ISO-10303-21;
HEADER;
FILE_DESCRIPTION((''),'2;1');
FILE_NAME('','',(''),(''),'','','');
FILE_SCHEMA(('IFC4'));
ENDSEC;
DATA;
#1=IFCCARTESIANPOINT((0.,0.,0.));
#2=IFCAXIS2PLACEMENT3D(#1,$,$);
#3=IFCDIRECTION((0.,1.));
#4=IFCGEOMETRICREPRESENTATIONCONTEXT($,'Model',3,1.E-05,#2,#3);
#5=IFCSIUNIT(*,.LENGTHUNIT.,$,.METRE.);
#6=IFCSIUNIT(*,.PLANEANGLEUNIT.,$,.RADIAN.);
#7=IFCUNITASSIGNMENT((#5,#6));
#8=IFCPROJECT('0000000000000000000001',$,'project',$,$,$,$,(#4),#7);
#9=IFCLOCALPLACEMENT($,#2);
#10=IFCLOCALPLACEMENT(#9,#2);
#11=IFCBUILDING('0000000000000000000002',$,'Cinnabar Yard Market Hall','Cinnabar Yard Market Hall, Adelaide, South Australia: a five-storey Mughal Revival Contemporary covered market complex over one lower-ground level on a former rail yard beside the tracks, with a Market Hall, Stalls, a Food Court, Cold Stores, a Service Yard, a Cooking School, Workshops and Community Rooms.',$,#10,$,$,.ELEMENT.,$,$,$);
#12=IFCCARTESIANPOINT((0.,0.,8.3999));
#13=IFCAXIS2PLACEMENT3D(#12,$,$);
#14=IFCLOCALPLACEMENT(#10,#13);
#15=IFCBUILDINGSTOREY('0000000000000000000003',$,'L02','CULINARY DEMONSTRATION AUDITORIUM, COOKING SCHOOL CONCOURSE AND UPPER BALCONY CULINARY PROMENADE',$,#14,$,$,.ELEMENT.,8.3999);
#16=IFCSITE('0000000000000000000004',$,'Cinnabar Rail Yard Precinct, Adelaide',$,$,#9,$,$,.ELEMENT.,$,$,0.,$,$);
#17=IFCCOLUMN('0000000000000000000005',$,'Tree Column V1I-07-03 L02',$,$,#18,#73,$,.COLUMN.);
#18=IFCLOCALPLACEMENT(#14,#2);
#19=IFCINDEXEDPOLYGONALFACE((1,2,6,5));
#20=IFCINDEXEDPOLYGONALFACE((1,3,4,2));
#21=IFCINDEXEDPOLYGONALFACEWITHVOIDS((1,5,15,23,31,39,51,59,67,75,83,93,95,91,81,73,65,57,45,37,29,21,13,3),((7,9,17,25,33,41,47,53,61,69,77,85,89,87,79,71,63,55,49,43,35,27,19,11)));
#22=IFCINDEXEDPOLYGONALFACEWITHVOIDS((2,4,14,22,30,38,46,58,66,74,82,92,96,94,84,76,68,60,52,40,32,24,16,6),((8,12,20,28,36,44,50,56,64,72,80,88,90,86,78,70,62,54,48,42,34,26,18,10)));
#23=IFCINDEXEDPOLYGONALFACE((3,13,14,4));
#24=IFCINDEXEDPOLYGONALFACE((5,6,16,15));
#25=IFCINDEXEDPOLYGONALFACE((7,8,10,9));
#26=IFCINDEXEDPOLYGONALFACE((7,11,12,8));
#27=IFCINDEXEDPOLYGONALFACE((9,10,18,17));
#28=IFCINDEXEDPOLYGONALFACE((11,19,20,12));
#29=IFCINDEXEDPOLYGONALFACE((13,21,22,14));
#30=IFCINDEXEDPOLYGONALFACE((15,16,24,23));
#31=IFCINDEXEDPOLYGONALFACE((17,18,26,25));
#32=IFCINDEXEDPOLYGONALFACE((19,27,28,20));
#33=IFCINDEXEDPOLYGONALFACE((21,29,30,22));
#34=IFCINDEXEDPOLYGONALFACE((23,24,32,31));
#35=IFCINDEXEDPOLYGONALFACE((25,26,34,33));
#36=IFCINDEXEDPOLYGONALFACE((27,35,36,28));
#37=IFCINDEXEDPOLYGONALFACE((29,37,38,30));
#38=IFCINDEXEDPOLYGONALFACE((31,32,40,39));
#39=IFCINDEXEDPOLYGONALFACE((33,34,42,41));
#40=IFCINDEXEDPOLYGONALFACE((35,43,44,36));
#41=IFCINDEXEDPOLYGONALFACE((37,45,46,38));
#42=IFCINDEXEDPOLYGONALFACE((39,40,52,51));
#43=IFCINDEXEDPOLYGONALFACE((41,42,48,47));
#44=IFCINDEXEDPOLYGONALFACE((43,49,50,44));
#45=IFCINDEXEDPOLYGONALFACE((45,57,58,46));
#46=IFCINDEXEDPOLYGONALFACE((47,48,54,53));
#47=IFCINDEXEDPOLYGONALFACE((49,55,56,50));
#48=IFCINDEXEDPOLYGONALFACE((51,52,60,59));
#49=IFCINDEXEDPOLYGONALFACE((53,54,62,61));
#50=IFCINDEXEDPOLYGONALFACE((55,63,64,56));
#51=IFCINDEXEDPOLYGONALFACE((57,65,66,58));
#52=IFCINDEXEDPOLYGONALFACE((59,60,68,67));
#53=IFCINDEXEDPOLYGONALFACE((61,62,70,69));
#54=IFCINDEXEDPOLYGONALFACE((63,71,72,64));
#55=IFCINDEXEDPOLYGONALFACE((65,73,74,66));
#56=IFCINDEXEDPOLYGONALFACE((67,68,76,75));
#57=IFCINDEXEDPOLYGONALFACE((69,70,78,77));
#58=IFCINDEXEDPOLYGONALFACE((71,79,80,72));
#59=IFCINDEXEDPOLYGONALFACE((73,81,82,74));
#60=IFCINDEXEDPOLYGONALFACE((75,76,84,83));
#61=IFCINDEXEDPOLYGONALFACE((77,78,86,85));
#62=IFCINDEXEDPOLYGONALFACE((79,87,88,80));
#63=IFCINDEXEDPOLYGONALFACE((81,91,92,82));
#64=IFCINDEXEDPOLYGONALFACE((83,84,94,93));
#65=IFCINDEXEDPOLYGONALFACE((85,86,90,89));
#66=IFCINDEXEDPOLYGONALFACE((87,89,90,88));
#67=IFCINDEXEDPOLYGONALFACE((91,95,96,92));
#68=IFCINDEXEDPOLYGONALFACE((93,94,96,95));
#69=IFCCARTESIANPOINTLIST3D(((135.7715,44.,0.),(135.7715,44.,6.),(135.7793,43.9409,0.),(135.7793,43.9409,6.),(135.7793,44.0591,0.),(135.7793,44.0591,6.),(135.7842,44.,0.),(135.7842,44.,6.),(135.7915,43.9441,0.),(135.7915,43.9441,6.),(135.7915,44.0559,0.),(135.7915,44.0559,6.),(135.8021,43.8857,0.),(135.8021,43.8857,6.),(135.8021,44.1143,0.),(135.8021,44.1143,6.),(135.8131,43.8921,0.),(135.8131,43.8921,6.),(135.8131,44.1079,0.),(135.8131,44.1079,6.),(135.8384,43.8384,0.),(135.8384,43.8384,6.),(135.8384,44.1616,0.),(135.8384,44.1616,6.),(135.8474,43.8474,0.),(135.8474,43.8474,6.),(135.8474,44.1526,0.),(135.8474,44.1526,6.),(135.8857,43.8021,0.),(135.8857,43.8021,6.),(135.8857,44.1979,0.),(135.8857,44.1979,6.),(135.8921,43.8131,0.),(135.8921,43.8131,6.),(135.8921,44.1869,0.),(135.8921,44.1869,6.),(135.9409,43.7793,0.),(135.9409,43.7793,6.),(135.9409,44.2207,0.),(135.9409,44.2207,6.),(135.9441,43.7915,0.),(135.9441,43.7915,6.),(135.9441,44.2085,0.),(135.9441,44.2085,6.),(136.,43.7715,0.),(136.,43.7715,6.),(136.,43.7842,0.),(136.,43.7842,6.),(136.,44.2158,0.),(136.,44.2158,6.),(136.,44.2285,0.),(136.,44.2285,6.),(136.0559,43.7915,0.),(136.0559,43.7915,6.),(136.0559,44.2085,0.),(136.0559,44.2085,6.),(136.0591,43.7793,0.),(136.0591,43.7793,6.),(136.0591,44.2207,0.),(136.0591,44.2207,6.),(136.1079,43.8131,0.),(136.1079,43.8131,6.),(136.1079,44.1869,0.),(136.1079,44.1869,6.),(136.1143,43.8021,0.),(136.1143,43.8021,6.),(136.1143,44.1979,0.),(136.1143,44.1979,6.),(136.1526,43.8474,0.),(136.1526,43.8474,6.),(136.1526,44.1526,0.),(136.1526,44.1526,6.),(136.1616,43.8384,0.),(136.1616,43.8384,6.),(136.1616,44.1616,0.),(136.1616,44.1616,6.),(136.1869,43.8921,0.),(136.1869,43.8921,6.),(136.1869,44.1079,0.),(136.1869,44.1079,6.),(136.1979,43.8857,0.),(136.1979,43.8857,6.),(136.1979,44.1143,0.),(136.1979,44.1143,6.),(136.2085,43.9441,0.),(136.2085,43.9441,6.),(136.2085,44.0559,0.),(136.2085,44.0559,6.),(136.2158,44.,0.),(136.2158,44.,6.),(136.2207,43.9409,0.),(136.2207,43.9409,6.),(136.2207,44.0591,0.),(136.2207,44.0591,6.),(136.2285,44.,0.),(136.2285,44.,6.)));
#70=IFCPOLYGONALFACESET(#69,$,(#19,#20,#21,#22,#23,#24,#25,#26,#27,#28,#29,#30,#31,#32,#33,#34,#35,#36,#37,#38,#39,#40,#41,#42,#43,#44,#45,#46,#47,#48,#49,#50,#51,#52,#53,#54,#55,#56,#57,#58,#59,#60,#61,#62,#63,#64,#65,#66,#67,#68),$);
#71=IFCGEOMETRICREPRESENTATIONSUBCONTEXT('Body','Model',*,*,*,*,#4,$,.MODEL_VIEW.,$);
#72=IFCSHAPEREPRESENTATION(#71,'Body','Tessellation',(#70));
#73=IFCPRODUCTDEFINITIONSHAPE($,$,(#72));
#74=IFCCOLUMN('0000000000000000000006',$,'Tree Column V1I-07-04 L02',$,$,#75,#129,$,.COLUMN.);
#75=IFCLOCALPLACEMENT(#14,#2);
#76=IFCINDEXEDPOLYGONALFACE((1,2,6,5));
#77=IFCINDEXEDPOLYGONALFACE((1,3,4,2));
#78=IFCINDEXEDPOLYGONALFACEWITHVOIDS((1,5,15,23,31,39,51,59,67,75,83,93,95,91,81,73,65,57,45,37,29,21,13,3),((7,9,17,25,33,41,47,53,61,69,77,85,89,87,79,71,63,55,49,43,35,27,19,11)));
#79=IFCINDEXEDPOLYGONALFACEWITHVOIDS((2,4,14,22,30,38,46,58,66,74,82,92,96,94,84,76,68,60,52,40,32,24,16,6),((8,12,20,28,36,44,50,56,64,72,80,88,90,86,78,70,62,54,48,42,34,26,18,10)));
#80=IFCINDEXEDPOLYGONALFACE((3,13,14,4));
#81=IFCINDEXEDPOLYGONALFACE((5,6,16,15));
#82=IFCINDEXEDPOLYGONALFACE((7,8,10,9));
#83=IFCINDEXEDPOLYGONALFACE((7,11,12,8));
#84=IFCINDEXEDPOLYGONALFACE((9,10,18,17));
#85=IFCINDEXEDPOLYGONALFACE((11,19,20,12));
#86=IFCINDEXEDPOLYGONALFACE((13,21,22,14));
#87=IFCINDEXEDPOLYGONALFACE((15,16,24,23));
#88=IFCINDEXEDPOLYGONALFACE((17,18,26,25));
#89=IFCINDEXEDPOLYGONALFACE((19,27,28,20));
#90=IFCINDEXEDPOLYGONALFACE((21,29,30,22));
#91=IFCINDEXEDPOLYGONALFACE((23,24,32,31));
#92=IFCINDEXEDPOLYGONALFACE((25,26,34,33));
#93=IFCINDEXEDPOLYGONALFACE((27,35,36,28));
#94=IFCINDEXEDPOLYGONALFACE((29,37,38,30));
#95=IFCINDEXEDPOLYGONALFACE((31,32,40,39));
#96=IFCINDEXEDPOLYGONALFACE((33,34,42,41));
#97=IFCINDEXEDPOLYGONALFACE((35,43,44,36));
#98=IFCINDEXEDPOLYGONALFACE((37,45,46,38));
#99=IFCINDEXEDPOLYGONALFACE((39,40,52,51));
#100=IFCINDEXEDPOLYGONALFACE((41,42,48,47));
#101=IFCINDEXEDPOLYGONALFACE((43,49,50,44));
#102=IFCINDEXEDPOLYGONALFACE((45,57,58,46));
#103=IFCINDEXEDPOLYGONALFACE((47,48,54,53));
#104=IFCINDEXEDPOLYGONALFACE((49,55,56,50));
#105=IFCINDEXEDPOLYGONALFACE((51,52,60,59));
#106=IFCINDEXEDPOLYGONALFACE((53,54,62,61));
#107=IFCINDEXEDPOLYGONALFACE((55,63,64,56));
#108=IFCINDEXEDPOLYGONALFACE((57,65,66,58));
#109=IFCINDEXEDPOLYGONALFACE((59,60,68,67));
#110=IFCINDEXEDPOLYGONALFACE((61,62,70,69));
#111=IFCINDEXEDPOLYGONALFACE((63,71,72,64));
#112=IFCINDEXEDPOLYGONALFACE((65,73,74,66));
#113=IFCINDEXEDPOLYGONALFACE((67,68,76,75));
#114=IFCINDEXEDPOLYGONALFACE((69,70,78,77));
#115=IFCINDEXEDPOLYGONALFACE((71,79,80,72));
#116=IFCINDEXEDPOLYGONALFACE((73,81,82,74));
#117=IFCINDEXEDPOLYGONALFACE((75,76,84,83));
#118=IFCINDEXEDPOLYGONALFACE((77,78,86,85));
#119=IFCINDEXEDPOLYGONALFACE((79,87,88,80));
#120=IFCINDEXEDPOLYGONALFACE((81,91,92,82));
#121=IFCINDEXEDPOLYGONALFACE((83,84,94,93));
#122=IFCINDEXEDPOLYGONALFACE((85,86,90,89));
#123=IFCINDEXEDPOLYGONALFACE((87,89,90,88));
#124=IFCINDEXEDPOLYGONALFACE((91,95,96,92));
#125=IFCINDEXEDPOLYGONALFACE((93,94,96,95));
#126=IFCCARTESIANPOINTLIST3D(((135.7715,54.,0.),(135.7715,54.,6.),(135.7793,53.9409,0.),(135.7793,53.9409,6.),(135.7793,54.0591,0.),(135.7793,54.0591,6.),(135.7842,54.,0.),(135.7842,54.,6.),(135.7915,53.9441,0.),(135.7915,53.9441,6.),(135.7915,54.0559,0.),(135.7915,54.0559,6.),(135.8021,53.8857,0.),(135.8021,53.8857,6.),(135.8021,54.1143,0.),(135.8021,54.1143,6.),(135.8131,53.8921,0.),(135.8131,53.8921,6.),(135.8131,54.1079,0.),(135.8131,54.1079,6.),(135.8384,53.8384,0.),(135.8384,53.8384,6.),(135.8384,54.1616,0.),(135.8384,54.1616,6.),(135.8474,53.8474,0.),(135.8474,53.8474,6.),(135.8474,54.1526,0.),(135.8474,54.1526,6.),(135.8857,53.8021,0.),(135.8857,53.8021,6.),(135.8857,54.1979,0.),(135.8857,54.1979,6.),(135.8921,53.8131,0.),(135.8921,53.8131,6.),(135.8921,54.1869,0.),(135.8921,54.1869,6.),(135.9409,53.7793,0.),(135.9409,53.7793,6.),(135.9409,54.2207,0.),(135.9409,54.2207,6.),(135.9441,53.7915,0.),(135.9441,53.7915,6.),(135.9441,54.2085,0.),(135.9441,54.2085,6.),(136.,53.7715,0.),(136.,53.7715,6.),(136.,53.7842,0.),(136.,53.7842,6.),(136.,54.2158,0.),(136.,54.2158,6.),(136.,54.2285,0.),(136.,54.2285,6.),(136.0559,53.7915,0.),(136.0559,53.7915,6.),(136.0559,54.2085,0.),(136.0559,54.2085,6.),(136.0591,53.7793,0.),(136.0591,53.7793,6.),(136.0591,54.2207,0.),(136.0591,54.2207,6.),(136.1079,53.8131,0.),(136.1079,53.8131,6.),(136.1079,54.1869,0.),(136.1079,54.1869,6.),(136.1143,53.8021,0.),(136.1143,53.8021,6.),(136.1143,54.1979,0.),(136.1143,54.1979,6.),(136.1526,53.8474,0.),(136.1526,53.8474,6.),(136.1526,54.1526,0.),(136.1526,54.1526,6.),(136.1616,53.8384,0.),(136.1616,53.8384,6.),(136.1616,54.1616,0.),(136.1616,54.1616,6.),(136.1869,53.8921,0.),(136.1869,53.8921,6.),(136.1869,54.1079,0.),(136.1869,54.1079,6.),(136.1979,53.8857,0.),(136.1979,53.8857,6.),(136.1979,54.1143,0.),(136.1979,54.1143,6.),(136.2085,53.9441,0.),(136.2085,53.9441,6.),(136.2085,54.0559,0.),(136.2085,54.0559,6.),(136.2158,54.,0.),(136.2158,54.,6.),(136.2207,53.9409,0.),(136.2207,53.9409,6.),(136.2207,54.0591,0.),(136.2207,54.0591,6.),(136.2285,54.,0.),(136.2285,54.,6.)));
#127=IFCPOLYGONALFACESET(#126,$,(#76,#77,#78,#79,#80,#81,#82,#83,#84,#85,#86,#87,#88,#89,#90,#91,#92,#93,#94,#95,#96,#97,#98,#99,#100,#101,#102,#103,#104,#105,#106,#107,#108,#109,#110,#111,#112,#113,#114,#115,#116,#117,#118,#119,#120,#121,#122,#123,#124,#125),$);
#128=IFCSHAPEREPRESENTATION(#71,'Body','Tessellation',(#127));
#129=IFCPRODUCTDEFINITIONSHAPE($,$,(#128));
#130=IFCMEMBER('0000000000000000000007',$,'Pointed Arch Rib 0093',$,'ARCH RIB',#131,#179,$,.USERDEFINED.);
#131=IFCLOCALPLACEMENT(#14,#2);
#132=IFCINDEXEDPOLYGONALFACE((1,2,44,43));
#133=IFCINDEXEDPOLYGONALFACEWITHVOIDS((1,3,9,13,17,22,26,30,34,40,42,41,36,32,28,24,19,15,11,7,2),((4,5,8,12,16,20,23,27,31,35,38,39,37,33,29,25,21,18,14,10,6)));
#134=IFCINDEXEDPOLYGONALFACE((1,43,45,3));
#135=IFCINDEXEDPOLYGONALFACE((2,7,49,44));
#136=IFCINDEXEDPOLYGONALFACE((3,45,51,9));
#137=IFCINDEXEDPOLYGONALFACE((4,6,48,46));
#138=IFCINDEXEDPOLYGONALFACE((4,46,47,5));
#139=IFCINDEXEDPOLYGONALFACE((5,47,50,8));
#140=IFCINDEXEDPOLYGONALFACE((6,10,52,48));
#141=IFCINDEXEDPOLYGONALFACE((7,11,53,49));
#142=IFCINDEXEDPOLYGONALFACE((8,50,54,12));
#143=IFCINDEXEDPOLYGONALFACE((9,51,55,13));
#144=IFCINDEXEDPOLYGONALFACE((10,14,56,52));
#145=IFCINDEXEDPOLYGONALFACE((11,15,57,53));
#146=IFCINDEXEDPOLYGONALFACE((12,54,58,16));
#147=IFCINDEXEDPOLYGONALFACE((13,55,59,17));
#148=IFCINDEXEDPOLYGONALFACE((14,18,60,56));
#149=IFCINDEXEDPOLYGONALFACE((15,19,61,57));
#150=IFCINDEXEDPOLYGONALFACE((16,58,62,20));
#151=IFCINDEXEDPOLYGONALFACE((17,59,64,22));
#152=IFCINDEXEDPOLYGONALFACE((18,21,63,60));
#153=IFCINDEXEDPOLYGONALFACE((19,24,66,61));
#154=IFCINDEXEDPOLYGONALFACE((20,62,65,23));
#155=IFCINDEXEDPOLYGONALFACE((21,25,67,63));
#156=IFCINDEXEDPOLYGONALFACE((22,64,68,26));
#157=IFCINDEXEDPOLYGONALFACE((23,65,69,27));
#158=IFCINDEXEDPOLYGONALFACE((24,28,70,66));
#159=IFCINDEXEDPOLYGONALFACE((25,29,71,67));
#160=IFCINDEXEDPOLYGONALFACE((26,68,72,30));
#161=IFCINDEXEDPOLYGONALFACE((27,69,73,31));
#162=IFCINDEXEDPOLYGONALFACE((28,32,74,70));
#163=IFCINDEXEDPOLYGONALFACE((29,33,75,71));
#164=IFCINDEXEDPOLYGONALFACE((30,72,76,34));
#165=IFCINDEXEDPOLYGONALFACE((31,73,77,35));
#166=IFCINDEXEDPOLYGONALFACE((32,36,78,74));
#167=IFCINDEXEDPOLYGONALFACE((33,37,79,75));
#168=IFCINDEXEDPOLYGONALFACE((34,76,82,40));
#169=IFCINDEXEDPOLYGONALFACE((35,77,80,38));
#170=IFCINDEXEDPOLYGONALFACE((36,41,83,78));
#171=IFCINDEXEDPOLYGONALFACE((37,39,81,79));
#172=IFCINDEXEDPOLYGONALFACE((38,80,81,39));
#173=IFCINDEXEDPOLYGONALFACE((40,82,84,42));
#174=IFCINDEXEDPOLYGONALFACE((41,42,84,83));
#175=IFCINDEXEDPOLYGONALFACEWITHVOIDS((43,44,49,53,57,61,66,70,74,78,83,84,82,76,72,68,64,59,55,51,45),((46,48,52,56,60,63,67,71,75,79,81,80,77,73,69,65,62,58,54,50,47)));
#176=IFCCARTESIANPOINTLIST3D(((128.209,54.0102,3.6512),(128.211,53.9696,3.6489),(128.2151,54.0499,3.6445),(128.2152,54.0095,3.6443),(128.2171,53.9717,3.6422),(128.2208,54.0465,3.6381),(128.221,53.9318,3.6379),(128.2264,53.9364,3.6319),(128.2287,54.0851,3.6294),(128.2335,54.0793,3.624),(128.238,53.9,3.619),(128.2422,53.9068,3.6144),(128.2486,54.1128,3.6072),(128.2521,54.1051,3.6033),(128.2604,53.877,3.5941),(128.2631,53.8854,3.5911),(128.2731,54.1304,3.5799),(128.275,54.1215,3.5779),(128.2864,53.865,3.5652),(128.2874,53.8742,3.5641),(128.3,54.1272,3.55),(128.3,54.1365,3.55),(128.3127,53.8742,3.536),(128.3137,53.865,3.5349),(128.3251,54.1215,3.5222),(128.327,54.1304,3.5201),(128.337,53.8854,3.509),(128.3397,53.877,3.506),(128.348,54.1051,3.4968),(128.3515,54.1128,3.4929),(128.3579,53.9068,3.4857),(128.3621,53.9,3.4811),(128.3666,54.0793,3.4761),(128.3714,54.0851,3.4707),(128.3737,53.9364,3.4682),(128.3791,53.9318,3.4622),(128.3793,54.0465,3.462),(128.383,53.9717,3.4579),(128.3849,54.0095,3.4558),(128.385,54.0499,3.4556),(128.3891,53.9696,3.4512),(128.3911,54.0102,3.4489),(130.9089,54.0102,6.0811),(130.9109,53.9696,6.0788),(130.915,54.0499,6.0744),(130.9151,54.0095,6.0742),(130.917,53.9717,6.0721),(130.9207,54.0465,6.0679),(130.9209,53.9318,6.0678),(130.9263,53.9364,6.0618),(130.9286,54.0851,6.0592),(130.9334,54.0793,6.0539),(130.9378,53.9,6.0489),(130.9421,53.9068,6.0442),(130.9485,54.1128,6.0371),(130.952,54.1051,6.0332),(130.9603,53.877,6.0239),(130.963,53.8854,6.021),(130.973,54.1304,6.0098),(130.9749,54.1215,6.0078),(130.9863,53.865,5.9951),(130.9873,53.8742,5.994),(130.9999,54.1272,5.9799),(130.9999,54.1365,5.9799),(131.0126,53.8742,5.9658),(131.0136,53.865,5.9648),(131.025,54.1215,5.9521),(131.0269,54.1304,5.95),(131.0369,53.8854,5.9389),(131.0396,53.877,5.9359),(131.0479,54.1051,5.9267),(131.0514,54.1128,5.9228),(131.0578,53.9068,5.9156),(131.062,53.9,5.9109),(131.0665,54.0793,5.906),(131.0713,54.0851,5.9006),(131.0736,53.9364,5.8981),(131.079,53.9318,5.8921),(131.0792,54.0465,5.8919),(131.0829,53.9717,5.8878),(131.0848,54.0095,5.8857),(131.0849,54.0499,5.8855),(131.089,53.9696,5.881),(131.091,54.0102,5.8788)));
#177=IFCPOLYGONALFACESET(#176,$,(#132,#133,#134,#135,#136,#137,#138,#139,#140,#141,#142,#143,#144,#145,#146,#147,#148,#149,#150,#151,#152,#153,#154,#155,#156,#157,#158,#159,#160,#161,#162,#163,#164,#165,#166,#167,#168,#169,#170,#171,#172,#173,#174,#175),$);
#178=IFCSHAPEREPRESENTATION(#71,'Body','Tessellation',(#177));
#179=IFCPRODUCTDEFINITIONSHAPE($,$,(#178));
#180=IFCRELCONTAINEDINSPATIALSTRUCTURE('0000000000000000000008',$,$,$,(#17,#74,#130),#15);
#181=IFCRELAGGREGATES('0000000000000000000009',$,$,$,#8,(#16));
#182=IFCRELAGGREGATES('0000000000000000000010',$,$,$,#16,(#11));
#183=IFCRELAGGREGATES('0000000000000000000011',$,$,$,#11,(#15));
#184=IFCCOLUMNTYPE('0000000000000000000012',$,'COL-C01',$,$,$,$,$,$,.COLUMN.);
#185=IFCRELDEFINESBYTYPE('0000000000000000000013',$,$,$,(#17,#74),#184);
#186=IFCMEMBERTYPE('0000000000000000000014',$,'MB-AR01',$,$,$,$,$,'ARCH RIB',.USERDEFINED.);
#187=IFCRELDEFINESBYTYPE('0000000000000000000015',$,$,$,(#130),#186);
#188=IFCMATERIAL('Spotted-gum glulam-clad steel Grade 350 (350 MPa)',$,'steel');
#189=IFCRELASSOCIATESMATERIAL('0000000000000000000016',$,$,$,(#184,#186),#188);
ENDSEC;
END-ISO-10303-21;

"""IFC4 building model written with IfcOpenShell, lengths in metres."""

from ifc_helpers import new_model, si_unit, direction, frame, origin, origin_2d_with_axis, place, context, subcontext, project, spatial, hollow_circle, extrude, material, material_profile, profile_set, type_object, element, save


model = new_model("IFC4")

# Units and contexts
model_context = context("Model", 3, precision=1e-05, world=origin(), true_north=direction((0.0, 1.0)))
body_context = subcontext(model_context, "Body", "Model", "MODEL_VIEW")
ifc_project = project(units=[si_unit("LENGTHUNIT", "METRE"), si_unit("PLANEANGLEUNIT", "RADIAN")], contexts=[model_context])

# Site, building, storey
site_placement = place(None, origin())
site = spatial("IfcSite", under=ifc_project, at=site_placement, Name="Cinnabar Rail Yard Precinct, Adelaide", CompositionType="ELEMENT", RefElevation=0.0)
building_placement = place(site_placement, origin())
building = spatial("IfcBuilding", under=site, at=building_placement, Name="Cinnabar Yard Market Hall", Description="Cinnabar Yard Market Hall, Adelaide, South Australia: a five-storey Mughal Revival Contemporary covered market complex over one lower-ground level on a former rail yard beside the tracks, with a Market Hall, Stalls, a Food Court, Cold Stores, a Service Yard, a Cooking School, Workshops and Community Rooms.", CompositionType="ELEMENT")
storey_placement = place(building_placement, frame((0.0, 0.0, 8.3999)))
storey = spatial("IfcBuildingStorey", under=building, at=storey_placement, Name="L02", Description="CULINARY DEMONSTRATION AUDITORIUM, COOKING SCHOOL CONCOURSE AND UPPER BALCONY CULINARY PROMENADE", CompositionType="ELEMENT", Elevation=8.3999)

# Columns
ifc_material_1 = material(Name="Spotted-gum glulam-clad steel Grade 350 (350 MPa)", Category="steel")
ifc_material_profile_1 = material_profile(ifc_material_1, hollow_circle(Radius=0.2285, WallThickness=0.0127, at=origin_2d_with_axis()), Name="457.0x12.7CHS")
ifc_profile_set_1 = profile_set([ifc_material_profile_1], Name="Spotted-gum glulam-clad steel Grade 350 (350 MPa)")
column_type = type_object("IfcColumnType", Name="COL-C01", PredefinedType="COLUMN", material=ifc_profile_set_1)
for number, where, z_axis, x_axis, name in (
    (1, (136.0, 44.0, 0.0), (0.0, 0.0, 1.0), (1.0, 0.0, 0.0), "Tree Column V1I-07-03 L02"),
    (2, (136.0, 54.0, 0.0), (0.0, 0.0, 1.0), (1.0, 0.0, 0.0), "Tree Column V1I-07-04 L02"),
):
    element("IfcColumn", number, at=place(storey_placement, frame(where, z_axis=z_axis, x_axis=x_axis)), inside=storey, type_object=column_type, Name=name, PredefinedType="COLUMN", context=body_context, shape_type="SweptSolid", body=[
        extrude(hollow_circle(Radius=0.2285, WallThickness=0.0127, at=origin_2d_with_axis()), origin(), (0.0, 0.0, 1.0), 6.0),
    ])

# Member
ifc_material_profile_2 = material_profile(ifc_material_1, hollow_circle(Radius=0.1365, WallThickness=0.0093, at=origin_2d_with_axis()), Name="273.1x9.3CHS")
ifc_profile_set_2 = profile_set([ifc_material_profile_2], Name="Spotted-gum glulam-clad steel Grade 350 (350 MPa)")
member_type_1 = type_object("IfcMemberType", Name="MB-AR01", ElementType="ARCH RIB", PredefinedType="USERDEFINED", material=ifc_profile_set_2)
for number, where, z_axis, x_axis, name in (
    (3, (128.3, 54.0, 3.55), (0.743297, 0.0, 0.668961), (0.0, 1.0, 0.0), "Pointed Arch Rib 0093"),
):
    element("IfcMember", number, at=place(storey_placement, frame(where, z_axis=z_axis, x_axis=x_axis)), inside=storey, type_object=member_type_1, Name=name, ObjectType="ARCH RIB", PredefinedType="USERDEFINED", context=body_context, shape_type="SweptSolid", body=[
        extrude(hollow_circle(Radius=0.1365, WallThickness=0.0093, at=origin_2d_with_axis()), origin(), (0.0, 0.0, 1.0), 3.6323),
    ])

save(model, "model.ifc")
